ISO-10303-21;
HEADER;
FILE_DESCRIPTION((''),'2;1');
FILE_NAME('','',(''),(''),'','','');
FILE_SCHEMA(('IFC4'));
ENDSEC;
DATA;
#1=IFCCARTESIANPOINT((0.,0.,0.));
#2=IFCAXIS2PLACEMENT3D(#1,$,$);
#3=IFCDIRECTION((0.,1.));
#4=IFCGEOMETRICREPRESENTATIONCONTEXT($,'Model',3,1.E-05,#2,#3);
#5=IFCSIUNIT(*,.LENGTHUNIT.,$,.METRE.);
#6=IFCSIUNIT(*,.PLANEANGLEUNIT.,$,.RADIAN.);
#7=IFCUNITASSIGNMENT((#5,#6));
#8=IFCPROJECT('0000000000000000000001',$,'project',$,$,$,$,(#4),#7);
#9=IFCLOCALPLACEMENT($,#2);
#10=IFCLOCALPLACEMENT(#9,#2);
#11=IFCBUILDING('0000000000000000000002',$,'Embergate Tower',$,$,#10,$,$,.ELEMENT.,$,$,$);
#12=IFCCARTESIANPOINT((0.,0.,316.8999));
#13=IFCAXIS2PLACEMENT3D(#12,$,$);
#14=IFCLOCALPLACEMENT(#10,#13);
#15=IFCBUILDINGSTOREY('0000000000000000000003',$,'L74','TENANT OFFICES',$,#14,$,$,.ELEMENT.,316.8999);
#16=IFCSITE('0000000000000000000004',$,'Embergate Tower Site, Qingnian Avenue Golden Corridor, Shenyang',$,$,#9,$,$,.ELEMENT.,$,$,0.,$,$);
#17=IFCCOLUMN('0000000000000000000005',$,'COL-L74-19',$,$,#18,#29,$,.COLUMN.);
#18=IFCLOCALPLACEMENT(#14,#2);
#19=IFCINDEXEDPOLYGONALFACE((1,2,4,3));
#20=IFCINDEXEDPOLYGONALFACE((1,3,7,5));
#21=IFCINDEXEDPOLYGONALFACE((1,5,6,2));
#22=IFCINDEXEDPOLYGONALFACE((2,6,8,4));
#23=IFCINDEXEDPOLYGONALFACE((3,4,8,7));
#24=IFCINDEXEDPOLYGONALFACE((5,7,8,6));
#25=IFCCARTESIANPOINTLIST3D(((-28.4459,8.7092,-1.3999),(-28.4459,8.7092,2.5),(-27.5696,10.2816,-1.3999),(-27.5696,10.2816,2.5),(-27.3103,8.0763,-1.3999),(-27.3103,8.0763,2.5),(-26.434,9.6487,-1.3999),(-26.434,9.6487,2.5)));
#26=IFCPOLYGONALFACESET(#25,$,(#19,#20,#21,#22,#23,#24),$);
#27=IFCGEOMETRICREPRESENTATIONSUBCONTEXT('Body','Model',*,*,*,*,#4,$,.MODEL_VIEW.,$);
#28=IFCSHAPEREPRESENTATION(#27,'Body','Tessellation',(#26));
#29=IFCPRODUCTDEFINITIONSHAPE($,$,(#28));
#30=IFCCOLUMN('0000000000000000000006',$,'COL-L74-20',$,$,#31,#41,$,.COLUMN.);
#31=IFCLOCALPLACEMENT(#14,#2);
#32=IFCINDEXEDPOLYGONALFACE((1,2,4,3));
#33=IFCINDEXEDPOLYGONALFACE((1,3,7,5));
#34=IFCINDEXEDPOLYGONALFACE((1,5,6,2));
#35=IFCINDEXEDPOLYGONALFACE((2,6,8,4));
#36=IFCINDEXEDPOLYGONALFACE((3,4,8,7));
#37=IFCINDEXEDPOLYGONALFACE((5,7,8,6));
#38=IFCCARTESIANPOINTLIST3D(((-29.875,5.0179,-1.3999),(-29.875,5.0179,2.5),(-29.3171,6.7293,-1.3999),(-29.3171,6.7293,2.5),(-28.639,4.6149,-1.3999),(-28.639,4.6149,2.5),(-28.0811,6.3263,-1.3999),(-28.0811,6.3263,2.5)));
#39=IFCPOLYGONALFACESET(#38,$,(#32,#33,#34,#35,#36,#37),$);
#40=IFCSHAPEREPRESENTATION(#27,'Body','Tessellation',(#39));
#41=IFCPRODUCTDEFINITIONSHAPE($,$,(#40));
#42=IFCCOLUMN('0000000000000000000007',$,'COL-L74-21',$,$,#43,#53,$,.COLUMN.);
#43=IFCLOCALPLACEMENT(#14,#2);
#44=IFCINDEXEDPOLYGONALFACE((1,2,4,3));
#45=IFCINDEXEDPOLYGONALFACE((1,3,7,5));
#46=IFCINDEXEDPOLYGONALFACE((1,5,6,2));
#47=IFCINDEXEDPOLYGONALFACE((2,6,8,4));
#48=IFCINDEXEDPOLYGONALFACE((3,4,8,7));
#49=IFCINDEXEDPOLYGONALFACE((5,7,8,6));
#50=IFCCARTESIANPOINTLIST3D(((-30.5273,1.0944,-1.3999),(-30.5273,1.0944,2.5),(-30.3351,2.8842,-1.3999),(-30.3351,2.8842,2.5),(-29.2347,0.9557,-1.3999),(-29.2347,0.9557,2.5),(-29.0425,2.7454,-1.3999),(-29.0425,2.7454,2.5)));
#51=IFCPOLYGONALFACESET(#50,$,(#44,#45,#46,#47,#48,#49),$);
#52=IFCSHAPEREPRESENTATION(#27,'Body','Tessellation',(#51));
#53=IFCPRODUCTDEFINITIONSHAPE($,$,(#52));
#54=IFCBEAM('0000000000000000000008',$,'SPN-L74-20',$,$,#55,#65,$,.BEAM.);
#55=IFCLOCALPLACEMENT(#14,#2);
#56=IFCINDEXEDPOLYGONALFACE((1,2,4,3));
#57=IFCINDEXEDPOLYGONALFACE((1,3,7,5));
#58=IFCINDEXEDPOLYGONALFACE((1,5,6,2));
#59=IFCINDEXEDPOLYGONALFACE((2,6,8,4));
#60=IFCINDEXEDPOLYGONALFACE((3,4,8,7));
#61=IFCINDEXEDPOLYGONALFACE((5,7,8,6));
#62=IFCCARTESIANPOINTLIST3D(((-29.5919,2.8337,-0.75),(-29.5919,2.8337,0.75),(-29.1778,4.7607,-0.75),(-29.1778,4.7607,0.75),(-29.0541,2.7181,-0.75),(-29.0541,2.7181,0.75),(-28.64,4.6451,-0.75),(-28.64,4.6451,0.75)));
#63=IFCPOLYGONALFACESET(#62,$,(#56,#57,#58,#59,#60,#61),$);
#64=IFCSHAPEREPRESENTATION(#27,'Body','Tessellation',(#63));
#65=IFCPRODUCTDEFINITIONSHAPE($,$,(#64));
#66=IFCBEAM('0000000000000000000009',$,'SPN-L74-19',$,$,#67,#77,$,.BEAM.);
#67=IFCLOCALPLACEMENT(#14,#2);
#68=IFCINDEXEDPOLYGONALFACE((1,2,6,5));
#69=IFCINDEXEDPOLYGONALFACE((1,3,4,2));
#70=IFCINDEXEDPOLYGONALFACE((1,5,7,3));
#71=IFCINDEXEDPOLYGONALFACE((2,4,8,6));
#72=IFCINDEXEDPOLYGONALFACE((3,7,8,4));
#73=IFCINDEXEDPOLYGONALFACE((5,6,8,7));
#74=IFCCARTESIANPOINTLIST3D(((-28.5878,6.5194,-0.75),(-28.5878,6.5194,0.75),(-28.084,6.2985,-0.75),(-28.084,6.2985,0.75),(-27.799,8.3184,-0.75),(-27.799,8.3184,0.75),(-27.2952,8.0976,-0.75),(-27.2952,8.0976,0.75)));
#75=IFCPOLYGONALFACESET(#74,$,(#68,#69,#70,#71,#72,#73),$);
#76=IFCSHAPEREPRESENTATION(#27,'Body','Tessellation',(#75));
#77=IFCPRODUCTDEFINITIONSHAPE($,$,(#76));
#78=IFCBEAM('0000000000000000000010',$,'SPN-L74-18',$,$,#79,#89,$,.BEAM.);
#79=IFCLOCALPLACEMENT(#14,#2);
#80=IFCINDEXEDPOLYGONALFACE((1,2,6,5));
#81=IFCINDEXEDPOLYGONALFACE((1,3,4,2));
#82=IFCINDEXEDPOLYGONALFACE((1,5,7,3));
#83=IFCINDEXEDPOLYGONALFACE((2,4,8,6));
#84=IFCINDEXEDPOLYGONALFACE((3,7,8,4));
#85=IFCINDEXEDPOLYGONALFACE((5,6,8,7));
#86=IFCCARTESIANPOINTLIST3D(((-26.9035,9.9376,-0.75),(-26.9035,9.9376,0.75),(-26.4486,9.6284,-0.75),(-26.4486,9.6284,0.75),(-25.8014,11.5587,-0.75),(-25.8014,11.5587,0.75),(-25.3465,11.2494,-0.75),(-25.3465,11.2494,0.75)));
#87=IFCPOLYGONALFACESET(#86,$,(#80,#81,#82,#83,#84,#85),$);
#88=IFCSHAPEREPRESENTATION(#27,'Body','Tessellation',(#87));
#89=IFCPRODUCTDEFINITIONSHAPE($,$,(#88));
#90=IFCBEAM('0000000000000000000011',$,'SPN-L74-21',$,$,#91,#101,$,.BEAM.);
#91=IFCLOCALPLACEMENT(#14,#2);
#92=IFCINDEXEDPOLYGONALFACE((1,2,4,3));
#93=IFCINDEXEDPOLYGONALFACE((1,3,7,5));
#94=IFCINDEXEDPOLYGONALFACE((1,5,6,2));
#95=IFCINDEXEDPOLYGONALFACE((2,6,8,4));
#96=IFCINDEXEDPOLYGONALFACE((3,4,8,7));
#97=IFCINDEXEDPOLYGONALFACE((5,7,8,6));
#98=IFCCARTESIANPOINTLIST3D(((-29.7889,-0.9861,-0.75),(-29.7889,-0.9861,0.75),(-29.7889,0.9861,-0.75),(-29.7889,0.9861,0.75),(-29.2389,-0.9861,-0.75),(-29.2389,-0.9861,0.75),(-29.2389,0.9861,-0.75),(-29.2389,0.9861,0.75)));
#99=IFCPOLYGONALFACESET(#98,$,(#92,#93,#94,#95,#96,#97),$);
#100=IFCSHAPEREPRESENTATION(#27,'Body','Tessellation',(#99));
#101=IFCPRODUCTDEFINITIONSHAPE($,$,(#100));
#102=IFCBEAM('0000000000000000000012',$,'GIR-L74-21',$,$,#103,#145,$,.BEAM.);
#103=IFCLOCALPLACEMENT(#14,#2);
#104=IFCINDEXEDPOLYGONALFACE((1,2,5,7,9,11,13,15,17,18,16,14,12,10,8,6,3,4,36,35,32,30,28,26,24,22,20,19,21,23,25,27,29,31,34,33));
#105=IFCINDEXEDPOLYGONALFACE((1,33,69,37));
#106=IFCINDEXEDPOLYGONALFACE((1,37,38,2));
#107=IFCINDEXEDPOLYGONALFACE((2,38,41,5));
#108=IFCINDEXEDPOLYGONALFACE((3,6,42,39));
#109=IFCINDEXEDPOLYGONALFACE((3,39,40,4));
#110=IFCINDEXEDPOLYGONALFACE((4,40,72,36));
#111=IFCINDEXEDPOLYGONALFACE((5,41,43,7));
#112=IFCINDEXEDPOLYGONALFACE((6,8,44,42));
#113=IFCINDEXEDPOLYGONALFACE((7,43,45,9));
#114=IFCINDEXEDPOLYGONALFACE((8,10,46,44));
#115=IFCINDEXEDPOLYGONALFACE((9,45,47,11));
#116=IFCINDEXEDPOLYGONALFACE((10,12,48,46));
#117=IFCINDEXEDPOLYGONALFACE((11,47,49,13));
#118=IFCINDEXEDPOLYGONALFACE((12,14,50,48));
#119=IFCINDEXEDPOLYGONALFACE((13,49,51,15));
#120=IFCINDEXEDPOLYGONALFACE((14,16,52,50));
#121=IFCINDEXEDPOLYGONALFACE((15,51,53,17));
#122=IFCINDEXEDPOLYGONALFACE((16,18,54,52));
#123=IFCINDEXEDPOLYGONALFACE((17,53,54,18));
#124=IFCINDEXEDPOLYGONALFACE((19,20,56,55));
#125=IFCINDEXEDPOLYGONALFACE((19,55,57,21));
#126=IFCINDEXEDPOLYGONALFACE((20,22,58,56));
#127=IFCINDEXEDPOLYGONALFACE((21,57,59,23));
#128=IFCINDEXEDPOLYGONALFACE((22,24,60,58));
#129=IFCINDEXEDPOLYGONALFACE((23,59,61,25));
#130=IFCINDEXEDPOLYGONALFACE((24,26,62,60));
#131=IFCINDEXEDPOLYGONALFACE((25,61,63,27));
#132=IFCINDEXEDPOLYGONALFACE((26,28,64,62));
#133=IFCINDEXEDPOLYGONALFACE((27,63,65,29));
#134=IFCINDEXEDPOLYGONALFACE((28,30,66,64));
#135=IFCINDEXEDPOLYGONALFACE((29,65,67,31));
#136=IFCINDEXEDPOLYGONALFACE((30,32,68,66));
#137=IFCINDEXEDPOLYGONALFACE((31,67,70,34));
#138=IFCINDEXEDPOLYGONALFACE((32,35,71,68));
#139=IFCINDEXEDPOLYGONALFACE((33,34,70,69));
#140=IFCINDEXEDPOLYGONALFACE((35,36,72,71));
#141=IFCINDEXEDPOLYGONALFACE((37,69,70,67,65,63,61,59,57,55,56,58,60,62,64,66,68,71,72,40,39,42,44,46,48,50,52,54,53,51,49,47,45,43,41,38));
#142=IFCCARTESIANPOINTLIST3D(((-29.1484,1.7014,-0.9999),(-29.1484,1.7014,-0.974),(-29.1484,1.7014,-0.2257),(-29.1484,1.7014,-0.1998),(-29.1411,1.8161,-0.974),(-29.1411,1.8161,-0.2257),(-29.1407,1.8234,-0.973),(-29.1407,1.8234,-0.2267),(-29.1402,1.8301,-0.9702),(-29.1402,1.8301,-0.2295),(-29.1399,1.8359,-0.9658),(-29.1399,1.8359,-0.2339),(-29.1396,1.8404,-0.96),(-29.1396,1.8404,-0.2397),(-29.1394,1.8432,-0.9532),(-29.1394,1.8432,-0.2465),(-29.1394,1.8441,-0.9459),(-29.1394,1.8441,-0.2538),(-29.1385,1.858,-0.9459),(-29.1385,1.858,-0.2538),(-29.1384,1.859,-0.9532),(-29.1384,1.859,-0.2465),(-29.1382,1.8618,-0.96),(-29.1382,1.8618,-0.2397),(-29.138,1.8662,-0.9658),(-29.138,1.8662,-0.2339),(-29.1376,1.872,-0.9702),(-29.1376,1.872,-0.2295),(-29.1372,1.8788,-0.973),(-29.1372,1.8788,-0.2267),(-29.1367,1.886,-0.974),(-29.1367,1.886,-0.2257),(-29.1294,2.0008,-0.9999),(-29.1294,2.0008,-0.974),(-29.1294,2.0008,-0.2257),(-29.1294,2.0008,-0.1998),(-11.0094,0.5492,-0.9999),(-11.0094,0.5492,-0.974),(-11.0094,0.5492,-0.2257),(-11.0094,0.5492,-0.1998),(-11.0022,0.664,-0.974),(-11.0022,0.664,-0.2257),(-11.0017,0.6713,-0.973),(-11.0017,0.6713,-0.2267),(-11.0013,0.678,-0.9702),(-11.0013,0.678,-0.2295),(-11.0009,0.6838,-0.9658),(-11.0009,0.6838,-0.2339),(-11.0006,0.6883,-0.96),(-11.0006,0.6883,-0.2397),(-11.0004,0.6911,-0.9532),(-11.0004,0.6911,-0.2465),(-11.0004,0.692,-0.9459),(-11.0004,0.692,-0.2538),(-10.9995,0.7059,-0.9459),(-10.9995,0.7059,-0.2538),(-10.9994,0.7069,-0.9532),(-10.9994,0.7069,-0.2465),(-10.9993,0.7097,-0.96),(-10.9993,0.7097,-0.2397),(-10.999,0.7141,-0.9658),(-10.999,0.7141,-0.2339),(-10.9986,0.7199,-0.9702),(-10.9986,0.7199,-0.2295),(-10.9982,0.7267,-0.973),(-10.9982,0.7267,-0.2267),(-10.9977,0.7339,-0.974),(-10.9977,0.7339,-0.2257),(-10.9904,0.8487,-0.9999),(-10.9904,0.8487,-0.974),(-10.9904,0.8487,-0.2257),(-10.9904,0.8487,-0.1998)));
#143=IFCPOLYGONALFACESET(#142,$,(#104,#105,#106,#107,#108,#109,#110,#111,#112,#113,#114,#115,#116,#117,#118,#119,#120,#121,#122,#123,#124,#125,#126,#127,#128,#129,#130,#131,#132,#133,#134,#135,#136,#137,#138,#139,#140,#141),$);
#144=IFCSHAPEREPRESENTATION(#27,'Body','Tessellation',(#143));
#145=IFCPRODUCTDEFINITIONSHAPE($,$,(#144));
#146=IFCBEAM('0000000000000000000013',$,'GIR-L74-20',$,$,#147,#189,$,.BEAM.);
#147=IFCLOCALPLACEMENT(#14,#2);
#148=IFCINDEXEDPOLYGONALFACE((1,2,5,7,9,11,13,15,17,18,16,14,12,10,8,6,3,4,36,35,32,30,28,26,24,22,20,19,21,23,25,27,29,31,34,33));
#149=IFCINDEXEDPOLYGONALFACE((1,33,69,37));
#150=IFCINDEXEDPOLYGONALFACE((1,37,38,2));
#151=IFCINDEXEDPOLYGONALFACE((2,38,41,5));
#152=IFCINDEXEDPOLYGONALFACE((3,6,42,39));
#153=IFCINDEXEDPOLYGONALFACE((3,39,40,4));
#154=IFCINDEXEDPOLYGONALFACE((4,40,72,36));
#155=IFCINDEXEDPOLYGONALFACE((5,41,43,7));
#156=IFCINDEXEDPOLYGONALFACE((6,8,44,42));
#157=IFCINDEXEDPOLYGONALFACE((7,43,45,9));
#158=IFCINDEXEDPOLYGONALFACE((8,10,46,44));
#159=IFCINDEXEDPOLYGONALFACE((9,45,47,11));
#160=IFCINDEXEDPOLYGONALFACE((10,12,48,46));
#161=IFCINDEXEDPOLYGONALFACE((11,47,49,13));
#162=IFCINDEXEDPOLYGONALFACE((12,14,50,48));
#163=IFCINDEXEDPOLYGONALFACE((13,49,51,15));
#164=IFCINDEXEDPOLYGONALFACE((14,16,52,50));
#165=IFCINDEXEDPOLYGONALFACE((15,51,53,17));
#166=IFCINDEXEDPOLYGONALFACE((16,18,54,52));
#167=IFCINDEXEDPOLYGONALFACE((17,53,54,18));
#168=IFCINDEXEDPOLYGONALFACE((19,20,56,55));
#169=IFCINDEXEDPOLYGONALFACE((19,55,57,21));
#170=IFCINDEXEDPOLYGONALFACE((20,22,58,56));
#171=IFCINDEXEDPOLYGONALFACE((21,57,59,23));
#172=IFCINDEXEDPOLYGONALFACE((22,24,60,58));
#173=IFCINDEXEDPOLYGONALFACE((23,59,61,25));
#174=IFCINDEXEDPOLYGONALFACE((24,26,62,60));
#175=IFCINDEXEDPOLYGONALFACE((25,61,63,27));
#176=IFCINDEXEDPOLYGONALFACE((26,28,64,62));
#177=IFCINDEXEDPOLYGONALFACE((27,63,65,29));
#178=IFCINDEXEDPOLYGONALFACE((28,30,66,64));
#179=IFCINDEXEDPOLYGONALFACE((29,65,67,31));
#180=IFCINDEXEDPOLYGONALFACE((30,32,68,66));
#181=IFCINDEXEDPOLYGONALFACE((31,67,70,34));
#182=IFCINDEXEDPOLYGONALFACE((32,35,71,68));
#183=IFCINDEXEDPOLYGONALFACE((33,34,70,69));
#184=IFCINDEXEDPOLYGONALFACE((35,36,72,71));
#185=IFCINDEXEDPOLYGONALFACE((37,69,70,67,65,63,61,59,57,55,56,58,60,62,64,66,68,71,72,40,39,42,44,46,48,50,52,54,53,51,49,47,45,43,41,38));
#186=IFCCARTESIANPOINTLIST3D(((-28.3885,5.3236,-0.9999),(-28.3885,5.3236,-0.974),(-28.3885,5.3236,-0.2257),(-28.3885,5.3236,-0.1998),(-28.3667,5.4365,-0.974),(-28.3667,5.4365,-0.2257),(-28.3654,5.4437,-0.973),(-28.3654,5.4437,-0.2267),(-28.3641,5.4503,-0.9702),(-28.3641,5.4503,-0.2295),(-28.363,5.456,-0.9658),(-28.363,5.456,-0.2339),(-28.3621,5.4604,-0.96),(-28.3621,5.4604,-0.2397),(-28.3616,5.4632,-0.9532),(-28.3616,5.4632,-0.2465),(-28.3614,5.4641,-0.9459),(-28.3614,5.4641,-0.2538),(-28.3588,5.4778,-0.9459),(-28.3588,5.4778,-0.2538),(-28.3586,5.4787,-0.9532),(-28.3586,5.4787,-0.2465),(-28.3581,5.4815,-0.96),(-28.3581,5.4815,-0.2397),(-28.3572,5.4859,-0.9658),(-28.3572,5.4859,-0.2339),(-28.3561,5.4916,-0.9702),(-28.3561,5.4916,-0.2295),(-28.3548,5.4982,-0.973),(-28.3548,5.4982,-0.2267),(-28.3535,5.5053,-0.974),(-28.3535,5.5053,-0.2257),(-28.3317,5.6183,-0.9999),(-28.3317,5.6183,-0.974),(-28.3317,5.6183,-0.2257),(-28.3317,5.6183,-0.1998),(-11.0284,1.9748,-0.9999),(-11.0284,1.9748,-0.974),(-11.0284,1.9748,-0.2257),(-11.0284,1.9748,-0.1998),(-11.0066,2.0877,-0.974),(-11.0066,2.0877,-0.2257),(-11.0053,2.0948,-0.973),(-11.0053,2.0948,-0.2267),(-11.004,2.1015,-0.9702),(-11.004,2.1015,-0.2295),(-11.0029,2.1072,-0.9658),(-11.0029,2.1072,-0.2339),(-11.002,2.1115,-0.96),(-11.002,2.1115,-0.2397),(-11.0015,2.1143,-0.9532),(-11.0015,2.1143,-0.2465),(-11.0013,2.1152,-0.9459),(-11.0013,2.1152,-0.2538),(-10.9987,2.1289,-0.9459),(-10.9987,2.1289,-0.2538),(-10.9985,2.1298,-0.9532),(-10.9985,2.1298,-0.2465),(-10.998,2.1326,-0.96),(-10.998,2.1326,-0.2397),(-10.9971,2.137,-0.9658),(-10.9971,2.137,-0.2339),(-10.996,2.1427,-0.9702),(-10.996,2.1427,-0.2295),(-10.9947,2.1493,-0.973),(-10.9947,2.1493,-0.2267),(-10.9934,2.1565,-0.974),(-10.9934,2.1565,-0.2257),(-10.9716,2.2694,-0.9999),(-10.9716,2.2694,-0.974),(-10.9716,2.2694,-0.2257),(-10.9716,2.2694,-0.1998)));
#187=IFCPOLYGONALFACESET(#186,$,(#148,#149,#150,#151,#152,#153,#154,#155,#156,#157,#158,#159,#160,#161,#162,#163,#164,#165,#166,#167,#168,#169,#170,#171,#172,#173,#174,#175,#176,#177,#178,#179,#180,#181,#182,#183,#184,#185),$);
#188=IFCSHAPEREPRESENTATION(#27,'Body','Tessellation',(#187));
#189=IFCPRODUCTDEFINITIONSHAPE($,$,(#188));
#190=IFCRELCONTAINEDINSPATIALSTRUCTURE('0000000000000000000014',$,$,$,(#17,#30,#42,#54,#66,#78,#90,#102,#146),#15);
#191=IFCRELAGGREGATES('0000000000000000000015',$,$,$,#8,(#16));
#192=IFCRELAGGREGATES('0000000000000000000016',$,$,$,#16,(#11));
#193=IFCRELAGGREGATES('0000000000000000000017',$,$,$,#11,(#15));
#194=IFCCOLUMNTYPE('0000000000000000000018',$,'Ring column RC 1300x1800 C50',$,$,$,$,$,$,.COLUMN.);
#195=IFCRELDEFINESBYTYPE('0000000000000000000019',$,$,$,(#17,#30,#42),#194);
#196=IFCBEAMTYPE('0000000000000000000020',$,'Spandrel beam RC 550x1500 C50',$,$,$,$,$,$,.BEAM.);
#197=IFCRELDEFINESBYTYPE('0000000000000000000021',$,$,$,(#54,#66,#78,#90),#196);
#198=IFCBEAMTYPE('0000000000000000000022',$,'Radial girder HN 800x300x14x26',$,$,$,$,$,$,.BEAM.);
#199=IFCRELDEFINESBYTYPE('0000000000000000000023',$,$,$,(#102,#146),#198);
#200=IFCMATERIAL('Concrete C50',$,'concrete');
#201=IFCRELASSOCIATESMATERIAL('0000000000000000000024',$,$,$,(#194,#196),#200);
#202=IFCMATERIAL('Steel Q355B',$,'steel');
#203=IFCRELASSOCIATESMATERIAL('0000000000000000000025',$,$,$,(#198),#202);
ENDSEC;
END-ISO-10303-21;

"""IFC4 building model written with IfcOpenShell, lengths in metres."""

from ifc_helpers import new_model, si_unit, direction, frame, origin, origin_2d, place, context, subcontext, project, spatial, rectangle, i_section, extrude, source, transform, mapped, material, material_profile, profile_set, type_object, element, save


model = new_model("IFC4")

# Units and contexts
model_context = context("Model", 3, precision=1e-05, world=origin(), true_north=direction((0.0, 1.0)))
body_context = subcontext(model_context, "Body", "Model", "MODEL_VIEW")
ifc_project = project(units=[si_unit("LENGTHUNIT", "METRE"), si_unit("PLANEANGLEUNIT", "RADIAN")], contexts=[model_context])

# Site, building, storey
site_placement = place(None, origin())
site = spatial("IfcSite", under=ifc_project, at=site_placement, Name="Embergate Tower Site, Qingnian Avenue Golden Corridor, Shenyang", CompositionType="ELEMENT", RefElevation=0.0)
building_placement = place(site_placement, origin())
building = spatial("IfcBuilding", under=site, at=building_placement, Name="Embergate Tower", CompositionType="ELEMENT")
storey_placement = place(building_placement, frame((0.0, 0.0, 316.8999)))
storey = spatial("IfcBuildingStorey", under=building, at=storey_placement, Name="L74", Description="TENANT OFFICES", CompositionType="ELEMENT", Elevation=316.8999)

# Columns
ifc_material_1 = material(Name="Concrete C50", Category="concrete")
ifc_material_profile_1 = material_profile(ifc_material_1, rectangle(XDim=1.3, YDim=1.8, at=origin_2d()), Name="RC 1300x1800")
ifc_profile_set_1 = profile_set([ifc_material_profile_1], Name="Concrete C50")
column_type = type_object("IfcColumnType", Name="Ring column RC 1300x1800 C50", PredefinedType="COLUMN", material=ifc_profile_set_1)
shared_shape_1 = source(origin(), body_context, "Body", "SweptSolid", [
    extrude(rectangle(XDim=1.3, YDim=1.8, at=origin_2d()), origin(), (0.0, 0.0, 1.0), 3.8999),
])
for number, where, z_axis, x_axis, name in (
    (1, (-27.4399, 9.179, -1.3999), (0.0, 0.0, 1.0), (-0.8735, 0.486823, 0.0), "COL-L74-19"),
    (2, (-28.978, 5.6721, -1.3999), (0.0, 0.0, 1.0), (-0.950754, 0.309946, 0.0), "COL-L74-20"),
    (3, (-29.7849, 1.9199, -1.3999), (0.0, 0.0, 1.0), (-0.994286, 0.10675, 0.0), "COL-L74-21"),
):
    element("IfcColumn", number, at=place(storey_placement, frame(where, z_axis=z_axis, x_axis=x_axis)), inside=storey, type_object=column_type, Name=name, PredefinedType="COLUMN", context=body_context, shape_type="MappedRepresentation", body=[
        mapped(shared_shape_1, transform((0.0, 0.0, 0.0))),
    ])

# Beams
ifc_material_profile_2 = material_profile(ifc_material_1, rectangle(XDim=0.55, YDim=1.5, at=origin_2d()), Name="RC 550x1500")
ifc_profile_set_2 = profile_set([ifc_material_profile_2], Name="Concrete C50")
beam_type_1 = type_object("IfcBeamType", Name="Spandrel beam RC 550x1500 C50", PredefinedType="BEAM", material=ifc_profile_set_2)
shared_shape_2 = source(origin(), body_context, "Body", "SweptSolid", [
    extrude(rectangle(XDim=0.55, YDim=1.5, at=origin_2d()), origin(), (0.0, 0.0, 1.0), 1.9709),
])
beam_1_placement = place(storey_placement, frame((-28.9089, 4.7029, 0.0), z_axis=(-0.210079, -0.977684, 0.0), x_axis=(0.977684, -0.210079, 0.0)))
element("IfcBeam", 4, at=beam_1_placement, inside=storey, type_object=beam_type_1, Name="SPN-L74-20", PredefinedType="BEAM", context=body_context, shape_type="MappedRepresentation", body=[
    mapped(shared_shape_2, transform((0.0, 0.0, 0.0))),
])
shared_shape_3 = source(origin(), body_context, "Body", "SweptSolid", [
    extrude(rectangle(XDim=0.55, YDim=1.5, at=origin_2d()), origin(), (0.0, 0.0, 1.0), 1.9644),
])
beam_2_placement = place(storey_placement, frame((-27.5471, 8.208, 0.0), z_axis=(-0.401555, -0.915835, 0.0), x_axis=(0.915835, -0.401555, 0.0)))
element("IfcBeam", 5, at=beam_2_placement, inside=storey, type_object=beam_type_1, Name="SPN-L74-19", PredefinedType="BEAM", context=body_context, shape_type="MappedRepresentation", body=[
    mapped(shared_shape_3, transform((0.0, 0.0, 0.0))),
])
shared_shape_4 = source(origin(), body_context, "Body", "SweptSolid", [
    extrude(rectangle(XDim=0.55, YDim=1.5, at=origin_2d()), origin(), (0.0, 0.0, 1.0), 1.9602),
])
beam_3_placement = place(storey_placement, frame((-25.574, 11.4041, 0.0), z_axis=(-0.562208, -0.826996, 0.0), x_axis=(0.826996, -0.562208, 0.0)))
element("IfcBeam", 6, at=beam_3_placement, inside=storey, type_object=beam_type_1, Name="SPN-L74-18", PredefinedType="BEAM", context=body_context, shape_type="MappedRepresentation", body=[
    mapped(shared_shape_4, transform((0.0, 0.0, 0.0))),
])
shared_shape_5 = source(origin(), body_context, "Body", "SweptSolid", [
    extrude(rectangle(XDim=0.55, YDim=1.5, at=origin_2d()), origin(), (0.0, 0.0, 1.0), 1.9722),
])
beam_4_placement = place(storey_placement, frame((-29.5139, 0.9861, 0.0), z_axis=(0.0, -1.0, 0.0), x_axis=(1.0, 0.0, 0.0)))
element("IfcBeam", 7, at=beam_4_placement, inside=storey, type_object=beam_type_1, Name="SPN-L74-21", PredefinedType="BEAM", context=body_context, shape_type="MappedRepresentation", body=[
    mapped(shared_shape_5, transform((0.0, 0.0, 0.0))),
])
ifc_material_2 = material(Name="Steel Q355B", Category="steel")
ifc_material_profile_3 = material_profile(ifc_material_2, i_section(OverallWidth=0.3, OverallDepth=0.8, WebThickness=0.0139, FlangeThickness=0.0259, FilletRadius=0.0281, at=origin_2d()), Name="HN 800x300x14x26")
ifc_profile_set_3 = profile_set([ifc_material_profile_3], Name="Steel Q355 grade B")
beam_type_2 = type_object("IfcBeamType", Name="Radial girder HN 800x300x14x26", PredefinedType="BEAM", material=ifc_profile_set_3)
shared_shape_6 = source(origin(), body_context, "Body", "SweptSolid", [
    extrude(i_section(OverallWidth=0.3, OverallDepth=0.8, WebThickness=0.0139, FlangeThickness=0.0259, FilletRadius=0.0281, at=origin_2d()), origin(), (0.0, 0.0, 1.0), 18.1755),
])
beam_5_placement = place(storey_placement, frame((-29.1389, 1.8511, -0.5999), z_axis=(0.997989, -0.063388, 0.0), x_axis=(0.063388, 0.997989, 0.0)))
element("IfcBeam", 8, at=beam_5_placement, inside=storey, type_object=beam_type_2, Name="GIR-L74-21", PredefinedType="BEAM", context=body_context, shape_type="MappedRepresentation", body=[
    mapped(shared_shape_6, transform((0.0, 0.0, 0.0))),
])
shared_shape_7 = source(origin(), body_context, "Body", "SweptSolid", [
    extrude(i_section(OverallWidth=0.3, OverallDepth=0.8, WebThickness=0.0139, FlangeThickness=0.0259, FilletRadius=0.0281, at=origin_2d()), origin(), (0.0, 0.0, 1.0), 17.6802),
])
beam_6_placement = place(storey_placement, frame((-28.3601, 5.4709, -0.5999), z_axis=(0.981897, -0.189414, 0.0), x_axis=(0.189414, 0.981897, 0.0)))
element("IfcBeam", 9, at=beam_6_placement, inside=storey, type_object=beam_type_2, Name="GIR-L74-20", PredefinedType="BEAM", context=body_context, shape_type="MappedRepresentation", body=[
    mapped(shared_shape_7, transform((0.0, 0.0, 0.0))),
])

save(model, "model.ifc")
